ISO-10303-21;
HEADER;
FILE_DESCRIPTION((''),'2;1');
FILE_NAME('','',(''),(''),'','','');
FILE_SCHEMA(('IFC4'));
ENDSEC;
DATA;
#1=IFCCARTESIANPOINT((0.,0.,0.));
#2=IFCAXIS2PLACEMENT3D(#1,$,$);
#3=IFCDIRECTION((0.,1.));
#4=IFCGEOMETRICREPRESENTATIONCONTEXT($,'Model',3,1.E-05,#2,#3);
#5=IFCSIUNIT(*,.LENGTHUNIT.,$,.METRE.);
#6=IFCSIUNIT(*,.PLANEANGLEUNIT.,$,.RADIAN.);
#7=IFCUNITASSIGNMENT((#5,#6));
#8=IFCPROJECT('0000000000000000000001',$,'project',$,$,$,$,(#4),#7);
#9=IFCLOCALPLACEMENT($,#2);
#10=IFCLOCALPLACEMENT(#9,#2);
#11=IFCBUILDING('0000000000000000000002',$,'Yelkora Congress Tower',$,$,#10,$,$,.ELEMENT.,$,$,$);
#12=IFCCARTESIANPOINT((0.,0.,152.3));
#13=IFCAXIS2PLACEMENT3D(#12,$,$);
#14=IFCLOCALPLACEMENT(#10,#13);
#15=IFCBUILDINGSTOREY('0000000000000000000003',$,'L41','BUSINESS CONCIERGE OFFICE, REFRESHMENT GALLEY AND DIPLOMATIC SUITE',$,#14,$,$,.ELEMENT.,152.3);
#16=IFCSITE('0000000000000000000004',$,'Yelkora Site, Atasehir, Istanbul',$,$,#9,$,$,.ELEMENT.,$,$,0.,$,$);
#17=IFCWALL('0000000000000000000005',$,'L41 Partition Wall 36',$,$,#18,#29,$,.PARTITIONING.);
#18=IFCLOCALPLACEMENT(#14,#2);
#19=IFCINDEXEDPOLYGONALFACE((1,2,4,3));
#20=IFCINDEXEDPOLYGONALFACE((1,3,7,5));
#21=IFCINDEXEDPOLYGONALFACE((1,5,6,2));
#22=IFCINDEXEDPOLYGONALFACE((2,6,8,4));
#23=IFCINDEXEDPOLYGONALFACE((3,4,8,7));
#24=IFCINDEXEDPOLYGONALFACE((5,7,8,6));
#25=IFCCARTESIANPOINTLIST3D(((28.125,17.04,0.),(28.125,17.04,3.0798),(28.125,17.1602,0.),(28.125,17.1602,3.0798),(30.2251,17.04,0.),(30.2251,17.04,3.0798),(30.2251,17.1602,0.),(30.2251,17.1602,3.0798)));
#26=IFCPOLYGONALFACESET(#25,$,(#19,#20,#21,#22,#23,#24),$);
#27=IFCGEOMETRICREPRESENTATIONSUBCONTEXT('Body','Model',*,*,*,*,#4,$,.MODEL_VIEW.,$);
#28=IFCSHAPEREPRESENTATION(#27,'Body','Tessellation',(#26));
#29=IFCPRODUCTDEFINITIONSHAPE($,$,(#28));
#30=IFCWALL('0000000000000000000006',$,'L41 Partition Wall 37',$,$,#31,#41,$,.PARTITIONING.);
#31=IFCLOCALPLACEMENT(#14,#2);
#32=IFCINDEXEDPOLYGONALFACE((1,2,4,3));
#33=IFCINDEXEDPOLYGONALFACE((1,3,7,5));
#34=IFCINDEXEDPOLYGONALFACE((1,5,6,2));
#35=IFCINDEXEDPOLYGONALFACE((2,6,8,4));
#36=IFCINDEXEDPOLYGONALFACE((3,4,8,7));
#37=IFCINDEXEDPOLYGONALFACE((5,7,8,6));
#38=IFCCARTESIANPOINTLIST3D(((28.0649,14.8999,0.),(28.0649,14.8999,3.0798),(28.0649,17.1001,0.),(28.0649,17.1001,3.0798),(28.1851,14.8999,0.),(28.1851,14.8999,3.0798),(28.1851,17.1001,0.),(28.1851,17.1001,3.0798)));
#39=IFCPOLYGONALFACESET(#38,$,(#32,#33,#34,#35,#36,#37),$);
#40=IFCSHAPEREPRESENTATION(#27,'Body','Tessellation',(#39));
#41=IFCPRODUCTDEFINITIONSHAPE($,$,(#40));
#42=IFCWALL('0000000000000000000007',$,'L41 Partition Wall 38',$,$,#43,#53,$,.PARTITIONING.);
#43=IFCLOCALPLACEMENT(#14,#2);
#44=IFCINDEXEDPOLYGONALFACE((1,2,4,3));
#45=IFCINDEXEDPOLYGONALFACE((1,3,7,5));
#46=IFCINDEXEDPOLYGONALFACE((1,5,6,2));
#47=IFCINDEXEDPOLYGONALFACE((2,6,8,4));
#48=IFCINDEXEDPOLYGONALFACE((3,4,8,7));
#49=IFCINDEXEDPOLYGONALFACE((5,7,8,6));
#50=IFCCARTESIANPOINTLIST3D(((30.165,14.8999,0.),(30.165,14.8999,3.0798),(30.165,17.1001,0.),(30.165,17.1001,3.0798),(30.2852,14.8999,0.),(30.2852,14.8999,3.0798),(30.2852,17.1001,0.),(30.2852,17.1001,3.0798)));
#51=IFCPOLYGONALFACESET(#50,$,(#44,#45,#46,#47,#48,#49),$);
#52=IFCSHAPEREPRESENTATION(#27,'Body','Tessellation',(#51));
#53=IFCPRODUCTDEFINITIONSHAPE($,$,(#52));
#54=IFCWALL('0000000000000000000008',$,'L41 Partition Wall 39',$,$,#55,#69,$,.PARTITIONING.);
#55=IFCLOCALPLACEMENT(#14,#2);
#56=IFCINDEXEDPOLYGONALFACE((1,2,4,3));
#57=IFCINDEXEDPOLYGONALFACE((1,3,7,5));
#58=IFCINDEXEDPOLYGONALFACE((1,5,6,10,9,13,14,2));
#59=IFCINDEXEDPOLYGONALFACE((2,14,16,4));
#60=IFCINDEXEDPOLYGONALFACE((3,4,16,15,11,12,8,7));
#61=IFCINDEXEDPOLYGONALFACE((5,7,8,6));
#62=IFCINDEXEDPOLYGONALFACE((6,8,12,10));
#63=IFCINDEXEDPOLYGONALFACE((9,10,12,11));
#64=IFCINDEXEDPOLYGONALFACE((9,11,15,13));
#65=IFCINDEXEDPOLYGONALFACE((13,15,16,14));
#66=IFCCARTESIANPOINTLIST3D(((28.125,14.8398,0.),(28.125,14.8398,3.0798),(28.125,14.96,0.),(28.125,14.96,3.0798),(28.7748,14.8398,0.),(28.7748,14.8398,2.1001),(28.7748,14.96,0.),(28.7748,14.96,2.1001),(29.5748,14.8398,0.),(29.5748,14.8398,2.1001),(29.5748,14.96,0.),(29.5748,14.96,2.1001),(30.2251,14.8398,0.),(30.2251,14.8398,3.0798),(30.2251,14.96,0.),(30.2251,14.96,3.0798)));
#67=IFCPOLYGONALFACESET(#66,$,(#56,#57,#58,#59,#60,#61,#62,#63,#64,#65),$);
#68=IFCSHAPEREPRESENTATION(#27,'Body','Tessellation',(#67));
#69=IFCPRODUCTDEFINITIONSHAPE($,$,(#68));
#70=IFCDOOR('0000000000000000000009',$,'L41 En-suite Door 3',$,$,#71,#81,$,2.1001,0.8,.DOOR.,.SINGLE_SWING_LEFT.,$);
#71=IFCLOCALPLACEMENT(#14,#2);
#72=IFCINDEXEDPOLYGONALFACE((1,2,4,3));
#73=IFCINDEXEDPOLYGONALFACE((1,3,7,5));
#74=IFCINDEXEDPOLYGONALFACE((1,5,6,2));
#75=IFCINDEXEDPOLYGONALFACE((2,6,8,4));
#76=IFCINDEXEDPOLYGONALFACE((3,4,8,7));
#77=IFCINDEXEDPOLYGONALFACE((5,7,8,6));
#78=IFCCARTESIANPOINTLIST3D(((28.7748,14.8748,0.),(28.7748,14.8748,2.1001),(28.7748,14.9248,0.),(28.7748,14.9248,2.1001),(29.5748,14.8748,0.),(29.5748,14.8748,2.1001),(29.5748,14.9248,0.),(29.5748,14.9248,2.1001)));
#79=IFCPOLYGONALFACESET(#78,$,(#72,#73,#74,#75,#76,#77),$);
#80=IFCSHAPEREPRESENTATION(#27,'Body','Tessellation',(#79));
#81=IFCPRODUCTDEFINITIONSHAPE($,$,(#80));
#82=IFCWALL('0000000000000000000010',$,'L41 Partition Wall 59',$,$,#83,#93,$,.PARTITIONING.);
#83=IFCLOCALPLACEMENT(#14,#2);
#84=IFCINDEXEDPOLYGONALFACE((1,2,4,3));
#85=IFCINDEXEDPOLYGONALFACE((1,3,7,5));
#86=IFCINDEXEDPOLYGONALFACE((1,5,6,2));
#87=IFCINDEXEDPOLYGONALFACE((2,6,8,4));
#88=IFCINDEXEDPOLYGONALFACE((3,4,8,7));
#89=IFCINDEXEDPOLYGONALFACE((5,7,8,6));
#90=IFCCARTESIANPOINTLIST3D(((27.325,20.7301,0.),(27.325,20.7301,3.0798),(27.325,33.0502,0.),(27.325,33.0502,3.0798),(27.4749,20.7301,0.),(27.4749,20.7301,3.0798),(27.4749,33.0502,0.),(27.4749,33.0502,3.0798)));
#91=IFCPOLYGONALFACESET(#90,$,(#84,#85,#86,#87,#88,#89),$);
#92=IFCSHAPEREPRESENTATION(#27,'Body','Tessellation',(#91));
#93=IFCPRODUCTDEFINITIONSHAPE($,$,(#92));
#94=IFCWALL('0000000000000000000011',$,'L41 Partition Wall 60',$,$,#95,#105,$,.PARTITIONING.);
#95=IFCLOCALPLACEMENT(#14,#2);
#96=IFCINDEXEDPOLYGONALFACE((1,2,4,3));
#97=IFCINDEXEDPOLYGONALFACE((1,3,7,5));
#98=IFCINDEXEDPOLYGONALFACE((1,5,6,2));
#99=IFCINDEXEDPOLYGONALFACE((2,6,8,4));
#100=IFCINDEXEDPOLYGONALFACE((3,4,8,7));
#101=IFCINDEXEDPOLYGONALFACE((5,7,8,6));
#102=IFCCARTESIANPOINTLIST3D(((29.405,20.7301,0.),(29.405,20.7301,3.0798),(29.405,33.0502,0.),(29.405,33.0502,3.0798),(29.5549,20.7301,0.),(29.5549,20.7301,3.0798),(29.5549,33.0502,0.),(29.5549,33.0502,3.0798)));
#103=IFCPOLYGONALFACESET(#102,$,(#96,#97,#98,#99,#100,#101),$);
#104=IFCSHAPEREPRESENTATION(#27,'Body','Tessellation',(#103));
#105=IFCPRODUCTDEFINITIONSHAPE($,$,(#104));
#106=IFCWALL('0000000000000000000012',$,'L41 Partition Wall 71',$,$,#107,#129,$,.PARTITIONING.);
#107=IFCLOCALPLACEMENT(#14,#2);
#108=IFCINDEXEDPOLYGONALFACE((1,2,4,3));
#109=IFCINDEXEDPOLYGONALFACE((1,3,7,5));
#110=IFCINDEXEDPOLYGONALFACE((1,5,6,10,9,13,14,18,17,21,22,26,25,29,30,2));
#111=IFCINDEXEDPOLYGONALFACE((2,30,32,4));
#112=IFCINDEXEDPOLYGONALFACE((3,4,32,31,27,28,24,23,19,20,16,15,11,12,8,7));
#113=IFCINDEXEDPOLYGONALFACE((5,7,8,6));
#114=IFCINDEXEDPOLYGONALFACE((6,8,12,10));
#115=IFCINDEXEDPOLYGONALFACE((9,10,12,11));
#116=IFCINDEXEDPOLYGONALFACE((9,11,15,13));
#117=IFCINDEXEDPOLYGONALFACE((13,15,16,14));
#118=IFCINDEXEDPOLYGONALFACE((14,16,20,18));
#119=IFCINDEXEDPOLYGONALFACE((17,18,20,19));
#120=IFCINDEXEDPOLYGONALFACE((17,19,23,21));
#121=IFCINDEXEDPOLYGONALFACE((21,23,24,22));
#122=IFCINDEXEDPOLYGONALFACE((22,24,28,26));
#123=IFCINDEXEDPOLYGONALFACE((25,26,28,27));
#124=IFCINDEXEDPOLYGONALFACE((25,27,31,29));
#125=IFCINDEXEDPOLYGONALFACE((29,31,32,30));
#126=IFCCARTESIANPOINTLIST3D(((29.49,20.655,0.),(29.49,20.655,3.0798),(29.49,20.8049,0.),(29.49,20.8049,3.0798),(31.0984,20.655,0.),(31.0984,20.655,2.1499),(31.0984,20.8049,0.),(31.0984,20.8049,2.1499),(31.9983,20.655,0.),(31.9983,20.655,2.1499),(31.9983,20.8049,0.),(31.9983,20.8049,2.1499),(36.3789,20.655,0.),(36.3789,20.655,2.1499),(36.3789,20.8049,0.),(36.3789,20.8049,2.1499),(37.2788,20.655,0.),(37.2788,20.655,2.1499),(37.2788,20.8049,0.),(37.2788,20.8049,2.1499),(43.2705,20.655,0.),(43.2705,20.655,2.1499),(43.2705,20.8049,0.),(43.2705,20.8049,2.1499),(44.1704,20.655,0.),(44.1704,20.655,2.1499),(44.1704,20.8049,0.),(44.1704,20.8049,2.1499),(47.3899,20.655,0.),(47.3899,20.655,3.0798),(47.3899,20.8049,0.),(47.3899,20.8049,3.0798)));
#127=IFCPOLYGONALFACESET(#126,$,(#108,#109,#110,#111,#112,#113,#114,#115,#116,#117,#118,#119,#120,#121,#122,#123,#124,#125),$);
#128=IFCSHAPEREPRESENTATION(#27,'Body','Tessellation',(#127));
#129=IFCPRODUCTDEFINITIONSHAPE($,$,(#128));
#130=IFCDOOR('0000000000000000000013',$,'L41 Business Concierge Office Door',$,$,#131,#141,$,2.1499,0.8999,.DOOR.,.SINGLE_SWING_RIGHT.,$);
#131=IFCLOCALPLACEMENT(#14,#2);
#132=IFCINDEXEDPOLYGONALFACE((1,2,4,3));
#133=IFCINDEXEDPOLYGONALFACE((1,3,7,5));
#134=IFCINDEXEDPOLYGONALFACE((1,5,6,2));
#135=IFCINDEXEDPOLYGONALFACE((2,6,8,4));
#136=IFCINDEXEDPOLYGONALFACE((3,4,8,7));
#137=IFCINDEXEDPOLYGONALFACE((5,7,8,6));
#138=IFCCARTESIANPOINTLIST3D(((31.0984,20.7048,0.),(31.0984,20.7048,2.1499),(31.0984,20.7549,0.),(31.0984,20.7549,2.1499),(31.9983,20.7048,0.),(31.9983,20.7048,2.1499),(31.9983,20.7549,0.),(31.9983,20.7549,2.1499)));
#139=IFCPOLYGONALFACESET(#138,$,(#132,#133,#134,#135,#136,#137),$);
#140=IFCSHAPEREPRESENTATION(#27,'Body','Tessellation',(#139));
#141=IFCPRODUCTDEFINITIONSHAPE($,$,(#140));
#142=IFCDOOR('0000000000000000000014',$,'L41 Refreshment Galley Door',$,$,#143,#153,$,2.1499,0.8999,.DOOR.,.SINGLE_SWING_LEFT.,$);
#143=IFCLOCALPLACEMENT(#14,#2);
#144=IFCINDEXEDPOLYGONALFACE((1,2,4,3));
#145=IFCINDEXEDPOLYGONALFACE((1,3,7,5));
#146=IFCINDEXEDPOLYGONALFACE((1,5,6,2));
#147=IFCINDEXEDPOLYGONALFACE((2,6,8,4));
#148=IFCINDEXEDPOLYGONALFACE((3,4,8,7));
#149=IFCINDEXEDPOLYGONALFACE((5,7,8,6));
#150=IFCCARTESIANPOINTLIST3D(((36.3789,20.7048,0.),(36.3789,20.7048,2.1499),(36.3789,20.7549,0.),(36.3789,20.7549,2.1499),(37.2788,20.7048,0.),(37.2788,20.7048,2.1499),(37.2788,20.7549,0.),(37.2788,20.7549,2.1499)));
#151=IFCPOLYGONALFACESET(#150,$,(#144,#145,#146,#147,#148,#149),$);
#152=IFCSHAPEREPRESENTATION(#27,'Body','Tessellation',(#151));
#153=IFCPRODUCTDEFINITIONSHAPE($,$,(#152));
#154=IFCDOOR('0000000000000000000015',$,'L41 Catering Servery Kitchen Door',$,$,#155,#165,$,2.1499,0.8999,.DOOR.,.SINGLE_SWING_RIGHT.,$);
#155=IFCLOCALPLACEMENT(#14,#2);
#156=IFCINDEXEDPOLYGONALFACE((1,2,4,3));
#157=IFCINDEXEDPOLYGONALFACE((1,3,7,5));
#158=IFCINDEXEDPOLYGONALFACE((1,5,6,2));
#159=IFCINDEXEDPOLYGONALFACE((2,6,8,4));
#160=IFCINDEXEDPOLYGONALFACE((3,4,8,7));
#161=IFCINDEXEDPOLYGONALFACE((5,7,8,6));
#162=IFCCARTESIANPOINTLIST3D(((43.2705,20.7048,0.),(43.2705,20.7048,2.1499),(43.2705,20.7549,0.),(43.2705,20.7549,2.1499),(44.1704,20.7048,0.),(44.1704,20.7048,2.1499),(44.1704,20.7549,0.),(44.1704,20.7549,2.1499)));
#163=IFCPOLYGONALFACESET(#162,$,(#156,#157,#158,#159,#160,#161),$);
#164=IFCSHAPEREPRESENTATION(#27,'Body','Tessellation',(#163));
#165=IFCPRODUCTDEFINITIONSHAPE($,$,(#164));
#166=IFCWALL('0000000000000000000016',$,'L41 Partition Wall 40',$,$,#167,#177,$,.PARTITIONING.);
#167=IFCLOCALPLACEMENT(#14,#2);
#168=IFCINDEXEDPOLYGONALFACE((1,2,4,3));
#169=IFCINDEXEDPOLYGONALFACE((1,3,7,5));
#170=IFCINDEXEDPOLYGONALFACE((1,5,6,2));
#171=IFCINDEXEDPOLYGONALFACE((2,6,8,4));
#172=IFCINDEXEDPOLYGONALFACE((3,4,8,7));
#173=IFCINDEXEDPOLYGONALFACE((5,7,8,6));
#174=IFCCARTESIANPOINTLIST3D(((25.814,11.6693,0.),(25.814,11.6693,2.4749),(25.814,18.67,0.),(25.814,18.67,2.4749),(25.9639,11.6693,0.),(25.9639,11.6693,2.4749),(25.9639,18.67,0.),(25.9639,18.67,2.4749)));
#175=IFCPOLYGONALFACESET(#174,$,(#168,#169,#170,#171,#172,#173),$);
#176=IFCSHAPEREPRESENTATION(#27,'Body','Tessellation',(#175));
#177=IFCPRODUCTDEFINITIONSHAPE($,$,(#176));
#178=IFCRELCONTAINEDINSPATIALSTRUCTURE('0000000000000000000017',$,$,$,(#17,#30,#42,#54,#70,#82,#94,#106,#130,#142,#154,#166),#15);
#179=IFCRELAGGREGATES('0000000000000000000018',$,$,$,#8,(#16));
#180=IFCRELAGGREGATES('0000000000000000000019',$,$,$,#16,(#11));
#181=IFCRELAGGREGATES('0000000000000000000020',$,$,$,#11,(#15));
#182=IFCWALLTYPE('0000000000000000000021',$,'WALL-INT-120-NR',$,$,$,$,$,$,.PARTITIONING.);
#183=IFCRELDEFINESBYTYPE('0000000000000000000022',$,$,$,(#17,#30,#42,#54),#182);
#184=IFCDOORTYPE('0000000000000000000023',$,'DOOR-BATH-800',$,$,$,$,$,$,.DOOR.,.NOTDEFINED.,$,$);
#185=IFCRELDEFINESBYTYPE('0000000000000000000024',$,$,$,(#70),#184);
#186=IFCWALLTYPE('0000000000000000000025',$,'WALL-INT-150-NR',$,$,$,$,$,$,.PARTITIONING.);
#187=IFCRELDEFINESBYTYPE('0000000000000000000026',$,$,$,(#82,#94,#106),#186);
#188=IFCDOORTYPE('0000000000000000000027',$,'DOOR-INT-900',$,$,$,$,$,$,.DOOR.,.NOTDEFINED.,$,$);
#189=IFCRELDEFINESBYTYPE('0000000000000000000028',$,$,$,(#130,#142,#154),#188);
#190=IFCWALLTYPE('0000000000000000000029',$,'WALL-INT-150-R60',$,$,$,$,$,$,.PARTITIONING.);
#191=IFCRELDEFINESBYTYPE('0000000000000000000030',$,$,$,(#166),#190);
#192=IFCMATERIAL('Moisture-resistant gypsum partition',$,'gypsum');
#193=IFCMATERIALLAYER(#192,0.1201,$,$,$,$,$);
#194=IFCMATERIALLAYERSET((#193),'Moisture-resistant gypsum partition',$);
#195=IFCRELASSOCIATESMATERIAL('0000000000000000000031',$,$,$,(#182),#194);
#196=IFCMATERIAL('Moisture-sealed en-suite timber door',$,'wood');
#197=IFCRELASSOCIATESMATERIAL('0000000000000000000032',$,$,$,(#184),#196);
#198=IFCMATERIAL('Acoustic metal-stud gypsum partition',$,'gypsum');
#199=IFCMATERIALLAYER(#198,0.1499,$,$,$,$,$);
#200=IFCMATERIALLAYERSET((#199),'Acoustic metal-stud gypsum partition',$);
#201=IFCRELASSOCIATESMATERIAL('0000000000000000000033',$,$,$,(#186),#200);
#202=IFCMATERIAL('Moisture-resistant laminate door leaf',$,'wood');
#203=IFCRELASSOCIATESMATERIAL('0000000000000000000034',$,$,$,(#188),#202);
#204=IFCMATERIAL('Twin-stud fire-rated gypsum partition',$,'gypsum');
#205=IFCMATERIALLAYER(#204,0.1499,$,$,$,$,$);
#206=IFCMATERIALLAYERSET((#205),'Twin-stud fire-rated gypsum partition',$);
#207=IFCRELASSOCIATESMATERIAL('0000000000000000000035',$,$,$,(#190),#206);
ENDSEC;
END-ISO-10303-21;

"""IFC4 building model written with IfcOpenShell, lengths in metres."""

from ifc_helpers import new_model, si_unit, direction, frame, frame_2d, origin, place, context, subcontext, project, spatial, rectangle, extrude, material, layer, layer_set, type_object, element, fill, save


model = new_model("IFC4")

# Units and contexts
model_context = context("Model", 3, precision=1e-05, world=origin(), true_north=direction((0.0, 1.0)))
body_context = subcontext(model_context, "Body", "Model", "MODEL_VIEW")
ifc_project = project(units=[si_unit("LENGTHUNIT", "METRE"), si_unit("PLANEANGLEUNIT", "RADIAN")], contexts=[model_context])

# Site, building, storey
site_placement = place(None, origin())
site = spatial("IfcSite", under=ifc_project, at=site_placement, Name="Yelkora Site, Atasehir, Istanbul", CompositionType="ELEMENT", RefElevation=0.0)
building_placement = place(site_placement, origin())
building = spatial("IfcBuilding", under=site, at=building_placement, Name="Yelkora Congress Tower", CompositionType="ELEMENT")
storey_placement = place(building_placement, frame((0.0, 0.0, 152.3)))
storey = spatial("IfcBuildingStorey", under=building, at=storey_placement, Name="L41", Description="BUSINESS CONCIERGE OFFICE, REFRESHMENT GALLEY AND DIPLOMATIC SUITE", CompositionType="ELEMENT", Elevation=152.3)

# Walls
ifc_material_1 = material(Name="Moisture-resistant gypsum partition", Category="gypsum")
ifc_layer_1 = layer(ifc_material_1, 0.1201)
ifc_layer_set_1 = layer_set([ifc_layer_1], Name="Moisture-resistant gypsum partition")
wall_type_1 = type_object("IfcWallType", Name="WALL-INT-120-NR", PredefinedType="PARTITIONING", material=ifc_layer_set_1)
wall_1_placement = place(storey_placement, frame((28.125, 17.1001, 0.0), z_axis=(0.0, 0.0, 1.0), x_axis=(1.0, 0.0, 0.0)))
element("IfcWall", 1, at=wall_1_placement, inside=storey, type_object=wall_type_1, Name="L41 Partition Wall 36", PredefinedType="PARTITIONING", context=body_context, shape_type="SweptSolid", body=[
    extrude(rectangle(XDim=2.1001, YDim=0.1201, at=frame_2d((1.05, 0.0))), origin(), (0.0, 0.0, 1.0), 3.0798),
])
for number, where, z_axis, x_axis, name in (
    (2, (28.125, 14.8999, 0.0), (0.0, 0.0, 1.0), (0.0, 1.0, 0.0), "L41 Partition Wall 37"),
    (3, (30.2251, 14.8999, 0.0), (0.0, 0.0, 1.0), (0.0, 1.0, 0.0), "L41 Partition Wall 38"),
):
    element("IfcWall", number, at=place(storey_placement, frame(where, z_axis=z_axis, x_axis=x_axis)), inside=storey, type_object=wall_type_1, Name=name, PredefinedType="PARTITIONING", context=body_context, shape_type="SweptSolid", body=[
        extrude(rectangle(XDim=2.2002, YDim=0.1201, at=frame_2d((1.1001, 0.0))), origin(), (0.0, 0.0, 1.0), 3.0798),
    ])

# Wall, opening, door
wall_2_placement = place(storey_placement, frame((28.125, 14.8999, 0.0), z_axis=(0.0, 0.0, 1.0), x_axis=(1.0, 0.0, 0.0)))
wall_2 = element("IfcWall", 4, at=wall_2_placement, inside=storey, type_object=wall_type_1, Name="L41 Partition Wall 39", PredefinedType="PARTITIONING", context=body_context, shape_type="SweptSolid", body=[
    extrude(rectangle(XDim=2.1001, YDim=0.1201, at=frame_2d((1.05, 0.0))), origin(), (0.0, 0.0, 1.0), 3.0798),
])
opening_1_placement = place(wall_2_placement, frame((0.6499, 0.0, 0.0)))
opening_1 = element("IfcOpeningElement", 5, at=opening_1_placement, cuts=wall_2, PredefinedType="OPENING", context=body_context, shape_type="SweptSolid", body=[
    extrude(rectangle(XDim=0.8, YDim=2.1001, at=frame_2d((0.3999, 1.05))), frame((0.0, 0.0701, 0.0), z_axis=(0.0, -1.0, 0.0), x_axis=(1.0, 0.0, 0.0)), (0.0, 0.0, 1.0), 0.1401),
])
ifc_material_2 = material(Name="Moisture-sealed en-suite timber door", Category="wood")
door_type_1 = type_object("IfcDoorType", Name="DOOR-BATH-800", OperationType="NOTDEFINED", PredefinedType="DOOR", material=ifc_material_2)
door_1_placement = place(opening_1_placement, origin())
door_1 = element("IfcDoor", 6, at=door_1_placement, inside=storey, type_object=door_type_1, Name="L41 En-suite Door 3", OperationType="SINGLE_SWING_LEFT", OverallHeight=2.1001, OverallWidth=0.8, PredefinedType="DOOR", context=body_context, shape_type="SweptSolid", body=[
    extrude(rectangle(XDim=0.8, YDim=2.1001, at=frame_2d((0.3999, 1.05))), frame((0.0, 0.0249, 0.0), z_axis=(0.0, -1.0, 0.0), x_axis=(1.0, 0.0, 0.0)), (0.0, 0.0, 1.0), 0.05),
])
fill(opening_1, door_1)

# Walls
ifc_material_3 = material(Name="Acoustic metal-stud gypsum partition", Category="gypsum")
ifc_layer_2 = layer(ifc_material_3, 0.1499)
ifc_layer_set_2 = layer_set([ifc_layer_2], Name="Acoustic metal-stud gypsum partition")
wall_type_2 = type_object("IfcWallType", Name="WALL-INT-150-NR", PredefinedType="PARTITIONING", material=ifc_layer_set_2)
for number, where, z_axis, x_axis, name in (
    (7, (27.3999, 20.73, 0.0), (0.0, 0.0, 1.0), (0.0, 1.0, 0.0), "L41 Partition Wall 59"),
    (8, (29.48, 20.73, 0.0), (0.0, 0.0, 1.0), (0.0, 1.0, 0.0), "L41 Partition Wall 60"),
):
    element("IfcWall", number, at=place(storey_placement, frame(where, z_axis=z_axis, x_axis=x_axis)), inside=storey, type_object=wall_type_2, Name=name, PredefinedType="PARTITIONING", context=body_context, shape_type="SweptSolid", body=[
        extrude(rectangle(XDim=12.3201, YDim=0.1499, at=frame_2d((6.1602, 0.0))), origin(), (0.0, 0.0, 1.0), 3.0798),
    ])

# Wall, openings, doors
wall_3_placement = place(storey_placement, frame((29.49, 20.73, 0.0), z_axis=(0.0, 0.0, 1.0), x_axis=(1.0, 0.0, 0.0)))
wall_3 = element("IfcWall", 9, at=wall_3_placement, inside=storey, type_object=wall_type_2, Name="L41 Partition Wall 71", PredefinedType="PARTITIONING", context=body_context, shape_type="SweptSolid", body=[
    extrude(rectangle(XDim=17.8999, YDim=0.1499, at=frame_2d((8.95, 0.0))), origin(), (0.0, 0.0, 1.0), 3.0798),
])
opening_2_placement = place(wall_3_placement, frame((1.6084, 0.0, 0.0)))
opening_2 = element("IfcOpeningElement", 10, at=opening_2_placement, cuts=wall_3, PredefinedType="OPENING", context=body_context, shape_type="SweptSolid", body=[
    extrude(rectangle(XDim=0.8999, YDim=2.1499, at=frame_2d((0.45, 1.075))), frame((0.0, 0.085, 0.0), z_axis=(0.0, -1.0, 0.0), x_axis=(1.0, 0.0, 0.0)), (0.0, 0.0, 1.0), 0.1699),
])
opening_3_placement = place(wall_3_placement, frame((6.8889, 0.0, 0.0)))
opening_3 = element("IfcOpeningElement", 11, at=opening_3_placement, cuts=wall_3, PredefinedType="OPENING", context=body_context, shape_type="SweptSolid", body=[
    extrude(rectangle(XDim=0.8999, YDim=2.1499, at=frame_2d((0.45, 1.075))), frame((0.0, 0.085, 0.0), z_axis=(0.0, -1.0, 0.0), x_axis=(1.0, 0.0, 0.0)), (0.0, 0.0, 1.0), 0.1699),
])
opening_4_placement = place(wall_3_placement, frame((13.7805, 0.0, 0.0)))
opening_4 = element("IfcOpeningElement", 12, at=opening_4_placement, cuts=wall_3, PredefinedType="OPENING", context=body_context, shape_type="SweptSolid", body=[
    extrude(rectangle(XDim=0.8999, YDim=2.1499, at=frame_2d((0.45, 1.075))), frame((0.0, 0.085, 0.0), z_axis=(0.0, -1.0, 0.0), x_axis=(1.0, 0.0, 0.0)), (0.0, 0.0, 1.0), 0.1699),
])
ifc_material_4 = material(Name="Moisture-resistant laminate door leaf", Category="wood")
door_type_2 = type_object("IfcDoorType", Name="DOOR-INT-900", OperationType="NOTDEFINED", PredefinedType="DOOR", material=ifc_material_4)
door_2_placement = place(opening_2_placement, origin())
door_2 = element("IfcDoor", 13, at=door_2_placement, inside=storey, type_object=door_type_2, Name="L41 Business Concierge Office Door", OperationType="SINGLE_SWING_RIGHT", OverallHeight=2.1499, OverallWidth=0.8999, PredefinedType="DOOR", context=body_context, shape_type="SweptSolid", body=[
    extrude(rectangle(XDim=0.8999, YDim=2.1499, at=frame_2d((0.45, 1.075))), frame((0.0, 0.0249, 0.0), z_axis=(0.0, -1.0, 0.0), x_axis=(1.0, 0.0, 0.0)), (0.0, 0.0, 1.0), 0.05),
])
fill(opening_2, door_2)
door_3_placement = place(opening_3_placement, origin())
door_3 = element("IfcDoor", 14, at=door_3_placement, inside=storey, type_object=door_type_2, Name="L41 Refreshment Galley Door", OperationType="SINGLE_SWING_LEFT", OverallHeight=2.1499, OverallWidth=0.8999, PredefinedType="DOOR", context=body_context, shape_type="SweptSolid", body=[
    extrude(rectangle(XDim=0.8999, YDim=2.1499, at=frame_2d((0.45, 1.075))), frame((0.0, 0.0249, 0.0), z_axis=(0.0, -1.0, 0.0), x_axis=(1.0, 0.0, 0.0)), (0.0, 0.0, 1.0), 0.05),
])
fill(opening_3, door_3)
door_4_placement = place(opening_4_placement, origin())
door_4 = element("IfcDoor", 15, at=door_4_placement, inside=storey, type_object=door_type_2, Name="L41 Catering Servery Kitchen Door", OperationType="SINGLE_SWING_RIGHT", OverallHeight=2.1499, OverallWidth=0.8999, PredefinedType="DOOR", context=body_context, shape_type="SweptSolid", body=[
    extrude(rectangle(XDim=0.8999, YDim=2.1499, at=frame_2d((0.45, 1.075))), frame((0.0, 0.0249, 0.0), z_axis=(0.0, -1.0, 0.0), x_axis=(1.0, 0.0, 0.0)), (0.0, 0.0, 1.0), 0.05),
])
fill(opening_4, door_4)

# Wall
ifc_material_5 = material(Name="Twin-stud fire-rated gypsum partition", Category="gypsum")
ifc_layer_3 = layer(ifc_material_5, 0.1499)
ifc_layer_set_3 = layer_set([ifc_layer_3], Name="Twin-stud fire-rated gypsum partition")
wall_type_3 = type_object("IfcWallType", Name="WALL-INT-150-R60", PredefinedType="PARTITIONING", material=ifc_layer_set_3)
wall_4_placement = place(storey_placement, frame((25.8889, 11.6692, 0.0), z_axis=(0.0, 0.0, 1.0), x_axis=(0.0, 1.0, 0.0)))
element("IfcWall", 16, at=wall_4_placement, inside=storey, type_object=wall_type_3, Name="L41 Partition Wall 40", PredefinedType="PARTITIONING", context=body_context, shape_type="SweptSolid", body=[
    extrude(rectangle(XDim=7.0007, YDim=0.1499, at=frame_2d((3.5005, 0.0))), origin(), (0.0, 0.0, 1.0), 2.4749),
])

save(model, "model.ifc")
